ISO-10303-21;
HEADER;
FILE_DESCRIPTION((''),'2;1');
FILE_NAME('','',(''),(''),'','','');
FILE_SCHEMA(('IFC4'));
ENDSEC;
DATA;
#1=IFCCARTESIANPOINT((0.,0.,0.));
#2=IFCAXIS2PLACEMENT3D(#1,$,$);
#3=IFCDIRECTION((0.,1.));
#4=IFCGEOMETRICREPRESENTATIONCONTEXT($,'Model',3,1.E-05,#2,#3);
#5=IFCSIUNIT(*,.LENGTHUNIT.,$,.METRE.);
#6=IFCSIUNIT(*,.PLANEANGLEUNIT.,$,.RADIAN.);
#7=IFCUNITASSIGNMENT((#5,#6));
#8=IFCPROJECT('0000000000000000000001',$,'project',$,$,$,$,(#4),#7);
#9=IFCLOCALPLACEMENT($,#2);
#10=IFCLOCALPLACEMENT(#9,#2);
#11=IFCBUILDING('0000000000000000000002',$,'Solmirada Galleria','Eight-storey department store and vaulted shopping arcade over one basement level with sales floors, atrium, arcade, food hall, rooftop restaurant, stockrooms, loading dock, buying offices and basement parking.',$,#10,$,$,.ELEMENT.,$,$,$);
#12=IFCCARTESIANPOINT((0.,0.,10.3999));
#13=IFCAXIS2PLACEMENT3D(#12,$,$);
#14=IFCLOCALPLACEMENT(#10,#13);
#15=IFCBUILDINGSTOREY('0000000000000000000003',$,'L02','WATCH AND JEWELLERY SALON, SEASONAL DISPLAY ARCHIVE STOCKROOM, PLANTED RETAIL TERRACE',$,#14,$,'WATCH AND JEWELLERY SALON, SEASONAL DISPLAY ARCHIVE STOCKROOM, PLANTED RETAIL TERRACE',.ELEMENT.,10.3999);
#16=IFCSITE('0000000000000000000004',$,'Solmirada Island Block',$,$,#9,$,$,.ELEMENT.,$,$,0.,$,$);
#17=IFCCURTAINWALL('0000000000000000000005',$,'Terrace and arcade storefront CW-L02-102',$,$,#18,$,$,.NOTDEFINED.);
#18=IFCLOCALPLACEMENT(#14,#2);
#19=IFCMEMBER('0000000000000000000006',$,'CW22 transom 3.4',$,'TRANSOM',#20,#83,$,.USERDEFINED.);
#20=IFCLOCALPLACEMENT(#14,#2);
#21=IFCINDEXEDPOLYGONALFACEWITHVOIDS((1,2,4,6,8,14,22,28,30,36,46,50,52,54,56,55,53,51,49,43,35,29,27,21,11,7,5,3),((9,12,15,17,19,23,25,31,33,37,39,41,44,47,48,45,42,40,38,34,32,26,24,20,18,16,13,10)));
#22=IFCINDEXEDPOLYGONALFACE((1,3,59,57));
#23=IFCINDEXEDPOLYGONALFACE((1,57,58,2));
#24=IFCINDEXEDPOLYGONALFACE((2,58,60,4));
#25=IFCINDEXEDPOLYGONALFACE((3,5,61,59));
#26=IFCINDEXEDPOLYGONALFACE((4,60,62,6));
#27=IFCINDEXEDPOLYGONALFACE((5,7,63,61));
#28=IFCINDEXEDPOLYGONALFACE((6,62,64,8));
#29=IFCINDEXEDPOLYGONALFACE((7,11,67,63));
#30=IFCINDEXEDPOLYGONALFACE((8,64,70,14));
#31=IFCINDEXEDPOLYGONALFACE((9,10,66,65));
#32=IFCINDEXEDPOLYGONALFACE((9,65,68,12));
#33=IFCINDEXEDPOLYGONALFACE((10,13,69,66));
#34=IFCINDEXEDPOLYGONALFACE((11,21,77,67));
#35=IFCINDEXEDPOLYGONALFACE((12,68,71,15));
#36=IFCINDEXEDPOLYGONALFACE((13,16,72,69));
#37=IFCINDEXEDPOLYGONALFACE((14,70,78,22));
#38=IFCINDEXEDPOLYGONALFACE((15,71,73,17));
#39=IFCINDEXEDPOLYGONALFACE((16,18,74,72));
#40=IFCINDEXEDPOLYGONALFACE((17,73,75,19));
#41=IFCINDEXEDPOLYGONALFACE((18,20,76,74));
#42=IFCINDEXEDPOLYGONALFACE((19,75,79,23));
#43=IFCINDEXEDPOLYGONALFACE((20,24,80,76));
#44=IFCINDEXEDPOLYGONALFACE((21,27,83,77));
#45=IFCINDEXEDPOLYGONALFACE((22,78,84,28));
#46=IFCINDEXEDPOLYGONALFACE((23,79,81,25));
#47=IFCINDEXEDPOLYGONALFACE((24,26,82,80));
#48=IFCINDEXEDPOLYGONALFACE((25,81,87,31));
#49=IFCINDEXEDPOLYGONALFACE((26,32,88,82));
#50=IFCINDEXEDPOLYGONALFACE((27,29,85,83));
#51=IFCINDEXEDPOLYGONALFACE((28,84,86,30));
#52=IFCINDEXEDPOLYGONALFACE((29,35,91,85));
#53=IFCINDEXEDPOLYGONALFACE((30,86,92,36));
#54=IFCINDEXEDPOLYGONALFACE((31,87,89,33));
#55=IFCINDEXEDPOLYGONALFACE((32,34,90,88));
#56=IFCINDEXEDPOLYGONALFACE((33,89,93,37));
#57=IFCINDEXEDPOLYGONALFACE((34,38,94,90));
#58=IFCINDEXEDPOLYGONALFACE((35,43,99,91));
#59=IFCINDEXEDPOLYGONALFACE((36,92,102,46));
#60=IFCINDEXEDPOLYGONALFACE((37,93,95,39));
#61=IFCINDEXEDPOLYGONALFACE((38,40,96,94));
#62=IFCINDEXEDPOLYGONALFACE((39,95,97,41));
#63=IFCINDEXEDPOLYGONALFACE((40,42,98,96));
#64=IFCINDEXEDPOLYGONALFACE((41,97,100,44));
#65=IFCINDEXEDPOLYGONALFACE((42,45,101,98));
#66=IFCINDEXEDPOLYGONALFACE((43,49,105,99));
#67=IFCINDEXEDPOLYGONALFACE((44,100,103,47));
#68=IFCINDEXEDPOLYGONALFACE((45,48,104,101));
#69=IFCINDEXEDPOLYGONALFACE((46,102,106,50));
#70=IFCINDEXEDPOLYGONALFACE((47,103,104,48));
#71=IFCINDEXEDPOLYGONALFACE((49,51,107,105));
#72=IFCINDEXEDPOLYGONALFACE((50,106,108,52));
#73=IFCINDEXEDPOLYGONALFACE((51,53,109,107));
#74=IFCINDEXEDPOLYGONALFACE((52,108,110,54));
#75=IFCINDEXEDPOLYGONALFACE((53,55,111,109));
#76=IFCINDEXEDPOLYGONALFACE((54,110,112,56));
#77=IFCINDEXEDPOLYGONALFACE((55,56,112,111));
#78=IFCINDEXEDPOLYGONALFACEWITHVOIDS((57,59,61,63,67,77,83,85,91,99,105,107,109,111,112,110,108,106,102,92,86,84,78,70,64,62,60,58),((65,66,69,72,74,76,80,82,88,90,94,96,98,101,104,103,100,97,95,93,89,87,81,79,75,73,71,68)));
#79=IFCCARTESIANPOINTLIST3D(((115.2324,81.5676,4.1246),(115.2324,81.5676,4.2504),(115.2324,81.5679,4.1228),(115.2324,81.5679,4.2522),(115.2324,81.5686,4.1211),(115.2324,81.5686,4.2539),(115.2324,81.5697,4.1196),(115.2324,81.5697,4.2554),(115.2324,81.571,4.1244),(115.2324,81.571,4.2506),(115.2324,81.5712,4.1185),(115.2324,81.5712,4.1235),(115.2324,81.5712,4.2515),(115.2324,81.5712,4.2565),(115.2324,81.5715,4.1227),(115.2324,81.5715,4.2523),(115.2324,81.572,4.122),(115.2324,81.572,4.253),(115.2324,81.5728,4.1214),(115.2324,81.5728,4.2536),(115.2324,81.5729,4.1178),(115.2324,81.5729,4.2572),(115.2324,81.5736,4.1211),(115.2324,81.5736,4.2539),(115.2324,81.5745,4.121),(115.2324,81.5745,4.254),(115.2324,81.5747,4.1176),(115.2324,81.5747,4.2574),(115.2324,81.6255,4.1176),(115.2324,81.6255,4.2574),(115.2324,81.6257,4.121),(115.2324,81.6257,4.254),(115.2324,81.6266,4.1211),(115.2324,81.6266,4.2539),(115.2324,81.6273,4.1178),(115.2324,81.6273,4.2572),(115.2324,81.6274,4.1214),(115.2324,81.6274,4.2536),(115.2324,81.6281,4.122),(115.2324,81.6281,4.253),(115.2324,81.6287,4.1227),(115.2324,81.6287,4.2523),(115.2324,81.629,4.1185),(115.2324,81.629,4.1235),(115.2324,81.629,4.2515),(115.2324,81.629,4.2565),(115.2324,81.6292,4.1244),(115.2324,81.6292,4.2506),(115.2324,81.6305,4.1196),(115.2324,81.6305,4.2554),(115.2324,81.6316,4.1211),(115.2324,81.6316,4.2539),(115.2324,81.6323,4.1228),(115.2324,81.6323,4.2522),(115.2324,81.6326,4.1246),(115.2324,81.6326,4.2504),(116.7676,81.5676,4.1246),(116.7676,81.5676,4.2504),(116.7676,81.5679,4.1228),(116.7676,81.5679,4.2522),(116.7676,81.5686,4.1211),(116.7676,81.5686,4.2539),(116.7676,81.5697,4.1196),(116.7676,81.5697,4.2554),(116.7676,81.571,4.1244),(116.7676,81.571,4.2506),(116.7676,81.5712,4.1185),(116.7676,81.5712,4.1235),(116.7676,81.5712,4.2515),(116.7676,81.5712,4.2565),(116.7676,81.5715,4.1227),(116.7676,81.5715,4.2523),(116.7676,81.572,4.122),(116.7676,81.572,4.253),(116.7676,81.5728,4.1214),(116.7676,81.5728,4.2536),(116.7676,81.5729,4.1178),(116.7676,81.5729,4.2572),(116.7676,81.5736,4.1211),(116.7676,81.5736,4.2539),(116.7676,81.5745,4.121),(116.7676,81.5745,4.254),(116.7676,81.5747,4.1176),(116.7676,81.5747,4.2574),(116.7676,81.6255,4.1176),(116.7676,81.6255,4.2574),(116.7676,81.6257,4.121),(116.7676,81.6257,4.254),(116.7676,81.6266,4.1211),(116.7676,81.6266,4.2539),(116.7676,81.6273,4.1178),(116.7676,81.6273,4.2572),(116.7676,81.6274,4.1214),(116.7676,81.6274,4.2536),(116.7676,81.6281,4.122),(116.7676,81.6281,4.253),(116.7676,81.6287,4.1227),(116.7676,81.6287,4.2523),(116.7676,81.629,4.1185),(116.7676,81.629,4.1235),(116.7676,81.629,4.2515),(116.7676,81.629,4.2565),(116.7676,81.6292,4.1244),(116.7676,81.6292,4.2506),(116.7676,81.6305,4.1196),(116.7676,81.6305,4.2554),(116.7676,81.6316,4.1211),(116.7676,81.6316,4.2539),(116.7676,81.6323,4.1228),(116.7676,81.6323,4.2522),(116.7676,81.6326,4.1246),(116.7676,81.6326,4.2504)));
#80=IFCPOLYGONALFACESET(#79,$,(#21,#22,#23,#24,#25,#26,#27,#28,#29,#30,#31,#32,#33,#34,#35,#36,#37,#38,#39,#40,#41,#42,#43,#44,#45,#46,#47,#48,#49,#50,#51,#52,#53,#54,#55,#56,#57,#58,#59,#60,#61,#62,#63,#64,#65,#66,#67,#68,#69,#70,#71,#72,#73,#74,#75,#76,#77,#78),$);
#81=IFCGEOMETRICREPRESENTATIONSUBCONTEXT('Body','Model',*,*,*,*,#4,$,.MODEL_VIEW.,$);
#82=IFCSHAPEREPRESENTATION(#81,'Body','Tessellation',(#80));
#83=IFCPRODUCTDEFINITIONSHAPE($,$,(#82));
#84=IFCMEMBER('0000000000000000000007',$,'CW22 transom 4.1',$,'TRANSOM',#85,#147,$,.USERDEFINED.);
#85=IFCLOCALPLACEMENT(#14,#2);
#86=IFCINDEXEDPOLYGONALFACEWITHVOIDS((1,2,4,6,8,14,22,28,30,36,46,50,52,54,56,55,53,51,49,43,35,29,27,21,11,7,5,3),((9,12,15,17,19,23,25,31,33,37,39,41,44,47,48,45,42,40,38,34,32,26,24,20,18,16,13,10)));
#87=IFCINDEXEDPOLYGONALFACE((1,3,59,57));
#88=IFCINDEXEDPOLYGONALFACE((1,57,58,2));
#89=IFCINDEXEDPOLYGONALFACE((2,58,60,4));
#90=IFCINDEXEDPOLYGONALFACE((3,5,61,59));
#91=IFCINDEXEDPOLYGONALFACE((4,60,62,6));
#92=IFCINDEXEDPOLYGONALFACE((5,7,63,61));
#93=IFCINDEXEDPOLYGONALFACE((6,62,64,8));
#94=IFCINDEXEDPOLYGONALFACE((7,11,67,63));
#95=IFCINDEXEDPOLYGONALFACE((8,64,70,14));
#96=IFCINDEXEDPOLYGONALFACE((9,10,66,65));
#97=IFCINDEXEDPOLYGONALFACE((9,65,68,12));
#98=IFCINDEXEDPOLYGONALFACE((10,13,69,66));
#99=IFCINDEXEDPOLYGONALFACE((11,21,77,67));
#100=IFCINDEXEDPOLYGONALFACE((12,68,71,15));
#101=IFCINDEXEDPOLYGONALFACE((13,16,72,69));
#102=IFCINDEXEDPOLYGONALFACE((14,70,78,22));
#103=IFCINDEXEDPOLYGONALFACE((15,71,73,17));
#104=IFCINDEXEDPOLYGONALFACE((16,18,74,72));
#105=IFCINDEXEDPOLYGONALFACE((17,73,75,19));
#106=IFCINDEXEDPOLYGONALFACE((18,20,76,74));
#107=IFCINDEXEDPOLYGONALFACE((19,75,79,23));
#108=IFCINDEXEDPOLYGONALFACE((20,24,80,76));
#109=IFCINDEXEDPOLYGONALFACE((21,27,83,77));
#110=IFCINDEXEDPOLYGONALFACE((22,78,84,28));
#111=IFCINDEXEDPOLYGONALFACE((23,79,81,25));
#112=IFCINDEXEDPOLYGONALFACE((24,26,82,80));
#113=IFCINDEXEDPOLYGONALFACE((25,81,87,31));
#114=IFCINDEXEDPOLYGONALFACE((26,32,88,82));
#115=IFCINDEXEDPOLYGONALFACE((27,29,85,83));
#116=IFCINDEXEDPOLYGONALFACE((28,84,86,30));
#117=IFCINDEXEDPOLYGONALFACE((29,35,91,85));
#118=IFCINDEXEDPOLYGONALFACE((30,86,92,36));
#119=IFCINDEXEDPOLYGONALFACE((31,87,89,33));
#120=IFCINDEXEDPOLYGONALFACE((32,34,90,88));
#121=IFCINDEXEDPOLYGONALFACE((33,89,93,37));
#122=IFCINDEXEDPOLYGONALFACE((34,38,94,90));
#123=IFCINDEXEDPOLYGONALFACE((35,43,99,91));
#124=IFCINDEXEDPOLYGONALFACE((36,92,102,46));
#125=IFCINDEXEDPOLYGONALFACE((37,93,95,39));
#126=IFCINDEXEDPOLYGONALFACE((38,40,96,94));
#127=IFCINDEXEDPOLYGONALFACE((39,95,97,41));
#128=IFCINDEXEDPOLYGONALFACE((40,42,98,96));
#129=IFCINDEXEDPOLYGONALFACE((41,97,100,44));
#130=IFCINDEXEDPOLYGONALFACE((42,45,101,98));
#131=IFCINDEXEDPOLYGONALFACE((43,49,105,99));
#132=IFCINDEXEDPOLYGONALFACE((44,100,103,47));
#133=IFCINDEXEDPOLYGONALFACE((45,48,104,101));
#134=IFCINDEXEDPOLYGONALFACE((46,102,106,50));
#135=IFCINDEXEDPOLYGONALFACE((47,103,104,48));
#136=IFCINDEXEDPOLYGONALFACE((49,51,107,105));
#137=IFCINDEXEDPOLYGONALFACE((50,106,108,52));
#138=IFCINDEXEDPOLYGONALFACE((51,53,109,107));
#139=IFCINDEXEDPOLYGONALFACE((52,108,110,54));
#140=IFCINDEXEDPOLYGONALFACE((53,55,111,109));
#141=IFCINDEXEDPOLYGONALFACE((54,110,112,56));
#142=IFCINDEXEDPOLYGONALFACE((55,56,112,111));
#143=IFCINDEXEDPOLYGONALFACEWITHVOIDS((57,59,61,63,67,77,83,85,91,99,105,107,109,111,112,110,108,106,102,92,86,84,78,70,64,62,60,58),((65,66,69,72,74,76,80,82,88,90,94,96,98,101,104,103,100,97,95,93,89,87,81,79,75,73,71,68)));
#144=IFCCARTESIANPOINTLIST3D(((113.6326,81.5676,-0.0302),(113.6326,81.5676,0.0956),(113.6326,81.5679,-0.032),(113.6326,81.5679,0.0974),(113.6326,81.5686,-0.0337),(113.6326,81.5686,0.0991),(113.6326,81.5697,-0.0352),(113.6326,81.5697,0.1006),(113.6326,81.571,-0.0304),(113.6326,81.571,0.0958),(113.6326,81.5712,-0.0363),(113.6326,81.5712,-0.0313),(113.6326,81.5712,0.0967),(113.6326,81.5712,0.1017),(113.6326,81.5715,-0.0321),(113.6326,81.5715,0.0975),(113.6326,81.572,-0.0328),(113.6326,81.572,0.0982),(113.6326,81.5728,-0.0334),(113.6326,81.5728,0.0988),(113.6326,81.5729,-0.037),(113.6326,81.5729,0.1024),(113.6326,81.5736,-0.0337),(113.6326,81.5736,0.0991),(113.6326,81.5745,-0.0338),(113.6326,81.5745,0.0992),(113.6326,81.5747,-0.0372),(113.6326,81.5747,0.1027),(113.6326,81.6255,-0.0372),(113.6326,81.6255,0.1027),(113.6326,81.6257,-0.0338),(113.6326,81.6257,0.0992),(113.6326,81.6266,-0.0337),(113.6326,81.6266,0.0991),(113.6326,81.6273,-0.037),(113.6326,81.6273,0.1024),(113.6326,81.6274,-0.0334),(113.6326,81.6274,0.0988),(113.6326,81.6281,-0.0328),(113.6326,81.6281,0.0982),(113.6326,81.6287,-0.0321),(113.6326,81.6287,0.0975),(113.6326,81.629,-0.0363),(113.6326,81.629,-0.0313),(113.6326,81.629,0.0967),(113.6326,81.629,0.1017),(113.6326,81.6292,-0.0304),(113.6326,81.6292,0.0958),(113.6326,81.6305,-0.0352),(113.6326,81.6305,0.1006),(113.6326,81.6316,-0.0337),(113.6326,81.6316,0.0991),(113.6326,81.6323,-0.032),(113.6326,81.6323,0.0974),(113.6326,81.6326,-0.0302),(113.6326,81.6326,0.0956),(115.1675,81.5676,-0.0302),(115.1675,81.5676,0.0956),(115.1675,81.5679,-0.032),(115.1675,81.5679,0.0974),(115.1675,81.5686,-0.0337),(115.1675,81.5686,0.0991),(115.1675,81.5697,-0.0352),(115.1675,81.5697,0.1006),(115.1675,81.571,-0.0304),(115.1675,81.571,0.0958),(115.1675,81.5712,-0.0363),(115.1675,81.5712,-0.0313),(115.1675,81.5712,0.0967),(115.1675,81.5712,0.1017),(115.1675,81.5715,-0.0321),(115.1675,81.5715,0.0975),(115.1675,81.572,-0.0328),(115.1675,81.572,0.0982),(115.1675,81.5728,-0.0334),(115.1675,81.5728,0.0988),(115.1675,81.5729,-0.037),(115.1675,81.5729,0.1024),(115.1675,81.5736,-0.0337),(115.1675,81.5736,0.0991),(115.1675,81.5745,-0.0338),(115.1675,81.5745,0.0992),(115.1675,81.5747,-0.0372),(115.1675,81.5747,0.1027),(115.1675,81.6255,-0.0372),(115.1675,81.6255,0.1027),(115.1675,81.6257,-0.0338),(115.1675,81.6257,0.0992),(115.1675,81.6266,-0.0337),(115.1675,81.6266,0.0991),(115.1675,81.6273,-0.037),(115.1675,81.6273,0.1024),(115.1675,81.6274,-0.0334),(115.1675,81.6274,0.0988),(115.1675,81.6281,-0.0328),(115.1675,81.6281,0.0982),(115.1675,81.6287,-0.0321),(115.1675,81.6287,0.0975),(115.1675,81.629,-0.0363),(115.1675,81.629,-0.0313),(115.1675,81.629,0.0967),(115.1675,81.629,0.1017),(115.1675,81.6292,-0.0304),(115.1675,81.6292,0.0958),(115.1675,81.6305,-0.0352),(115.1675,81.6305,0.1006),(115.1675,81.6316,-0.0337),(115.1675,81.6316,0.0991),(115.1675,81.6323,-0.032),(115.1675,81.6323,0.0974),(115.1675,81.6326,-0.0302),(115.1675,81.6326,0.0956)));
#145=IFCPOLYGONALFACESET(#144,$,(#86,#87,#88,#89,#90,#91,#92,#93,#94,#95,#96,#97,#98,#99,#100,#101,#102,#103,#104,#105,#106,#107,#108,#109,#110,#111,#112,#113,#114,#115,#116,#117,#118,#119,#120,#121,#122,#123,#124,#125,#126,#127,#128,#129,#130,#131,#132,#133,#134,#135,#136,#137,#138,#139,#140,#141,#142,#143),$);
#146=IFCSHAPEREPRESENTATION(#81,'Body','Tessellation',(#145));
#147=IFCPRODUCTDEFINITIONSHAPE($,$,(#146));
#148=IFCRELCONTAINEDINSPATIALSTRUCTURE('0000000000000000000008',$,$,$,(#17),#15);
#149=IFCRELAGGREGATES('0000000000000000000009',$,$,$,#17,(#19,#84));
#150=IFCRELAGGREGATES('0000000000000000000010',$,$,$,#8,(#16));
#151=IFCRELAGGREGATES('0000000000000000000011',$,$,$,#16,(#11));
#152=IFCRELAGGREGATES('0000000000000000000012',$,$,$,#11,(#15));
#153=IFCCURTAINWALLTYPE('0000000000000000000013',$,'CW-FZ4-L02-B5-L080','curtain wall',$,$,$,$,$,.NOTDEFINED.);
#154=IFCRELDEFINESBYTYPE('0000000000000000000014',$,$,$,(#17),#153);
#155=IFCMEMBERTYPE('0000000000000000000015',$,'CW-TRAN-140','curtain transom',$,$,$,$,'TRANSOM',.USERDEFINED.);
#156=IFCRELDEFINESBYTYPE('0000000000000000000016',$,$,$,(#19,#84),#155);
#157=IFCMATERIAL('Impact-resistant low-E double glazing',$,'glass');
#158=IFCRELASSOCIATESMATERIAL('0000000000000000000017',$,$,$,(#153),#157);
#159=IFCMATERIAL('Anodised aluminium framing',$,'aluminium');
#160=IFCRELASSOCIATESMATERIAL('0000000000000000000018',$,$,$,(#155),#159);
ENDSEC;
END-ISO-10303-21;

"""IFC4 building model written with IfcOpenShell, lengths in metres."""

from ifc_helpers import new_model, si_unit, direction, frame, origin, origin_2d, place, context, subcontext, project, spatial, hollow_rectangle, extrude, material, material_profile, profile_set, type_object, element, aggregate, save


model = new_model("IFC4")

# Units and contexts
model_context = context("Model", 3, precision=1e-05, world=origin(), true_north=direction((0.0, 1.0)))
body_context = subcontext(model_context, "Body", "Model", "MODEL_VIEW")
ifc_project = project(units=[si_unit("LENGTHUNIT", "METRE"), si_unit("PLANEANGLEUNIT", "RADIAN")], contexts=[model_context])

# Site, building, storey
site_placement = place(None, origin())
site = spatial("IfcSite", under=ifc_project, at=site_placement, Name="Solmirada Island Block", CompositionType="ELEMENT", RefElevation=0.0)
building_placement = place(site_placement, origin())
building = spatial("IfcBuilding", under=site, at=building_placement, Name="Solmirada Galleria", Description="Eight-storey department store and vaulted shopping arcade over one basement level with sales floors, atrium, arcade, food hall, rooftop restaurant, stockrooms, loading dock, buying offices and basement parking.", CompositionType="ELEMENT")
storey_placement = place(building_placement, frame((0.0, 0.0, 10.3999)))
storey = spatial("IfcBuildingStorey", under=building, at=storey_placement, Name="L02", Description="WATCH AND JEWELLERY SALON, SEASONAL DISPLAY ARCHIVE STOCKROOM, PLANTED RETAIL TERRACE", LongName="WATCH AND JEWELLERY SALON, SEASONAL DISPLAY ARCHIVE STOCKROOM, PLANTED RETAIL TERRACE", CompositionType="ELEMENT", Elevation=10.3999)

# Curtain wall, members
ifc_material_1 = material(Name="Impact-resistant low-E double glazing", Category="glass")
curtain_wall_type = type_object("IfcCurtainWallType", Name="CW-FZ4-L02-B5-L080", Description="curtain wall", PredefinedType="NOTDEFINED", material=ifc_material_1)
curtain_wall_placement = place(storey_placement, origin())
curtain_wall = element("IfcCurtainWall", 1, at=curtain_wall_placement, inside=storey, type_object=curtain_wall_type, Name="Terrace and arcade storefront CW-L02-102", PredefinedType="NOTDEFINED")
ifc_material_2 = material(Name="Anodised aluminium framing", Category="aluminium")
ifc_material_profile_1 = material_profile(ifc_material_2, hollow_rectangle(XDim=0.0649, YDim=0.1399, WallThickness=0.0034, InnerFilletRadius=0.0034, OuterFilletRadius=0.0071, at=origin_2d()), Name="ALU-TRAN-140X65")
ifc_profile_set_1 = profile_set([ifc_material_profile_1], Name="Anodised aluminium framing")
member_type_1 = type_object("IfcMemberType", Name="CW-TRAN-140", Description="curtain transom", ElementType="TRANSOM", PredefinedType="USERDEFINED", material=ifc_profile_set_1)
member_1_placement = place(storey_placement, frame((116.7676, 81.6001, 4.1875), z_axis=(-1.0, 0.0, 0.0), x_axis=(0.0, -1.0, 0.0)))
member_1 = element("IfcMember", 2, at=member_1_placement, type_object=member_type_1, Name="CW22 transom 3.4", ObjectType="TRANSOM", PredefinedType="USERDEFINED", context=body_context, shape_type="SweptSolid", body=[
    extrude(hollow_rectangle(XDim=0.0649, YDim=0.1399, WallThickness=0.0034, InnerFilletRadius=0.0034, OuterFilletRadius=0.0071, at=origin_2d()), origin(), (0.0, 0.0, 1.0), 1.5352),
])
member_2_placement = place(storey_placement, frame((115.1675, 81.6001, 0.0327), z_axis=(-1.0, 0.0, 0.0), x_axis=(0.0, -1.0, 0.0)))
member_2 = element("IfcMember", 3, at=member_2_placement, type_object=member_type_1, Name="CW22 transom 4.1", ObjectType="TRANSOM", PredefinedType="USERDEFINED", context=body_context, shape_type="SweptSolid", body=[
    extrude(hollow_rectangle(XDim=0.0649, YDim=0.1399, WallThickness=0.0034, InnerFilletRadius=0.0034, OuterFilletRadius=0.0071, at=origin_2d()), origin(), (0.0, 0.0, 1.0), 1.5349),
])
aggregate(curtain_wall, [member_1, member_2])

save(model, "model.ifc")
